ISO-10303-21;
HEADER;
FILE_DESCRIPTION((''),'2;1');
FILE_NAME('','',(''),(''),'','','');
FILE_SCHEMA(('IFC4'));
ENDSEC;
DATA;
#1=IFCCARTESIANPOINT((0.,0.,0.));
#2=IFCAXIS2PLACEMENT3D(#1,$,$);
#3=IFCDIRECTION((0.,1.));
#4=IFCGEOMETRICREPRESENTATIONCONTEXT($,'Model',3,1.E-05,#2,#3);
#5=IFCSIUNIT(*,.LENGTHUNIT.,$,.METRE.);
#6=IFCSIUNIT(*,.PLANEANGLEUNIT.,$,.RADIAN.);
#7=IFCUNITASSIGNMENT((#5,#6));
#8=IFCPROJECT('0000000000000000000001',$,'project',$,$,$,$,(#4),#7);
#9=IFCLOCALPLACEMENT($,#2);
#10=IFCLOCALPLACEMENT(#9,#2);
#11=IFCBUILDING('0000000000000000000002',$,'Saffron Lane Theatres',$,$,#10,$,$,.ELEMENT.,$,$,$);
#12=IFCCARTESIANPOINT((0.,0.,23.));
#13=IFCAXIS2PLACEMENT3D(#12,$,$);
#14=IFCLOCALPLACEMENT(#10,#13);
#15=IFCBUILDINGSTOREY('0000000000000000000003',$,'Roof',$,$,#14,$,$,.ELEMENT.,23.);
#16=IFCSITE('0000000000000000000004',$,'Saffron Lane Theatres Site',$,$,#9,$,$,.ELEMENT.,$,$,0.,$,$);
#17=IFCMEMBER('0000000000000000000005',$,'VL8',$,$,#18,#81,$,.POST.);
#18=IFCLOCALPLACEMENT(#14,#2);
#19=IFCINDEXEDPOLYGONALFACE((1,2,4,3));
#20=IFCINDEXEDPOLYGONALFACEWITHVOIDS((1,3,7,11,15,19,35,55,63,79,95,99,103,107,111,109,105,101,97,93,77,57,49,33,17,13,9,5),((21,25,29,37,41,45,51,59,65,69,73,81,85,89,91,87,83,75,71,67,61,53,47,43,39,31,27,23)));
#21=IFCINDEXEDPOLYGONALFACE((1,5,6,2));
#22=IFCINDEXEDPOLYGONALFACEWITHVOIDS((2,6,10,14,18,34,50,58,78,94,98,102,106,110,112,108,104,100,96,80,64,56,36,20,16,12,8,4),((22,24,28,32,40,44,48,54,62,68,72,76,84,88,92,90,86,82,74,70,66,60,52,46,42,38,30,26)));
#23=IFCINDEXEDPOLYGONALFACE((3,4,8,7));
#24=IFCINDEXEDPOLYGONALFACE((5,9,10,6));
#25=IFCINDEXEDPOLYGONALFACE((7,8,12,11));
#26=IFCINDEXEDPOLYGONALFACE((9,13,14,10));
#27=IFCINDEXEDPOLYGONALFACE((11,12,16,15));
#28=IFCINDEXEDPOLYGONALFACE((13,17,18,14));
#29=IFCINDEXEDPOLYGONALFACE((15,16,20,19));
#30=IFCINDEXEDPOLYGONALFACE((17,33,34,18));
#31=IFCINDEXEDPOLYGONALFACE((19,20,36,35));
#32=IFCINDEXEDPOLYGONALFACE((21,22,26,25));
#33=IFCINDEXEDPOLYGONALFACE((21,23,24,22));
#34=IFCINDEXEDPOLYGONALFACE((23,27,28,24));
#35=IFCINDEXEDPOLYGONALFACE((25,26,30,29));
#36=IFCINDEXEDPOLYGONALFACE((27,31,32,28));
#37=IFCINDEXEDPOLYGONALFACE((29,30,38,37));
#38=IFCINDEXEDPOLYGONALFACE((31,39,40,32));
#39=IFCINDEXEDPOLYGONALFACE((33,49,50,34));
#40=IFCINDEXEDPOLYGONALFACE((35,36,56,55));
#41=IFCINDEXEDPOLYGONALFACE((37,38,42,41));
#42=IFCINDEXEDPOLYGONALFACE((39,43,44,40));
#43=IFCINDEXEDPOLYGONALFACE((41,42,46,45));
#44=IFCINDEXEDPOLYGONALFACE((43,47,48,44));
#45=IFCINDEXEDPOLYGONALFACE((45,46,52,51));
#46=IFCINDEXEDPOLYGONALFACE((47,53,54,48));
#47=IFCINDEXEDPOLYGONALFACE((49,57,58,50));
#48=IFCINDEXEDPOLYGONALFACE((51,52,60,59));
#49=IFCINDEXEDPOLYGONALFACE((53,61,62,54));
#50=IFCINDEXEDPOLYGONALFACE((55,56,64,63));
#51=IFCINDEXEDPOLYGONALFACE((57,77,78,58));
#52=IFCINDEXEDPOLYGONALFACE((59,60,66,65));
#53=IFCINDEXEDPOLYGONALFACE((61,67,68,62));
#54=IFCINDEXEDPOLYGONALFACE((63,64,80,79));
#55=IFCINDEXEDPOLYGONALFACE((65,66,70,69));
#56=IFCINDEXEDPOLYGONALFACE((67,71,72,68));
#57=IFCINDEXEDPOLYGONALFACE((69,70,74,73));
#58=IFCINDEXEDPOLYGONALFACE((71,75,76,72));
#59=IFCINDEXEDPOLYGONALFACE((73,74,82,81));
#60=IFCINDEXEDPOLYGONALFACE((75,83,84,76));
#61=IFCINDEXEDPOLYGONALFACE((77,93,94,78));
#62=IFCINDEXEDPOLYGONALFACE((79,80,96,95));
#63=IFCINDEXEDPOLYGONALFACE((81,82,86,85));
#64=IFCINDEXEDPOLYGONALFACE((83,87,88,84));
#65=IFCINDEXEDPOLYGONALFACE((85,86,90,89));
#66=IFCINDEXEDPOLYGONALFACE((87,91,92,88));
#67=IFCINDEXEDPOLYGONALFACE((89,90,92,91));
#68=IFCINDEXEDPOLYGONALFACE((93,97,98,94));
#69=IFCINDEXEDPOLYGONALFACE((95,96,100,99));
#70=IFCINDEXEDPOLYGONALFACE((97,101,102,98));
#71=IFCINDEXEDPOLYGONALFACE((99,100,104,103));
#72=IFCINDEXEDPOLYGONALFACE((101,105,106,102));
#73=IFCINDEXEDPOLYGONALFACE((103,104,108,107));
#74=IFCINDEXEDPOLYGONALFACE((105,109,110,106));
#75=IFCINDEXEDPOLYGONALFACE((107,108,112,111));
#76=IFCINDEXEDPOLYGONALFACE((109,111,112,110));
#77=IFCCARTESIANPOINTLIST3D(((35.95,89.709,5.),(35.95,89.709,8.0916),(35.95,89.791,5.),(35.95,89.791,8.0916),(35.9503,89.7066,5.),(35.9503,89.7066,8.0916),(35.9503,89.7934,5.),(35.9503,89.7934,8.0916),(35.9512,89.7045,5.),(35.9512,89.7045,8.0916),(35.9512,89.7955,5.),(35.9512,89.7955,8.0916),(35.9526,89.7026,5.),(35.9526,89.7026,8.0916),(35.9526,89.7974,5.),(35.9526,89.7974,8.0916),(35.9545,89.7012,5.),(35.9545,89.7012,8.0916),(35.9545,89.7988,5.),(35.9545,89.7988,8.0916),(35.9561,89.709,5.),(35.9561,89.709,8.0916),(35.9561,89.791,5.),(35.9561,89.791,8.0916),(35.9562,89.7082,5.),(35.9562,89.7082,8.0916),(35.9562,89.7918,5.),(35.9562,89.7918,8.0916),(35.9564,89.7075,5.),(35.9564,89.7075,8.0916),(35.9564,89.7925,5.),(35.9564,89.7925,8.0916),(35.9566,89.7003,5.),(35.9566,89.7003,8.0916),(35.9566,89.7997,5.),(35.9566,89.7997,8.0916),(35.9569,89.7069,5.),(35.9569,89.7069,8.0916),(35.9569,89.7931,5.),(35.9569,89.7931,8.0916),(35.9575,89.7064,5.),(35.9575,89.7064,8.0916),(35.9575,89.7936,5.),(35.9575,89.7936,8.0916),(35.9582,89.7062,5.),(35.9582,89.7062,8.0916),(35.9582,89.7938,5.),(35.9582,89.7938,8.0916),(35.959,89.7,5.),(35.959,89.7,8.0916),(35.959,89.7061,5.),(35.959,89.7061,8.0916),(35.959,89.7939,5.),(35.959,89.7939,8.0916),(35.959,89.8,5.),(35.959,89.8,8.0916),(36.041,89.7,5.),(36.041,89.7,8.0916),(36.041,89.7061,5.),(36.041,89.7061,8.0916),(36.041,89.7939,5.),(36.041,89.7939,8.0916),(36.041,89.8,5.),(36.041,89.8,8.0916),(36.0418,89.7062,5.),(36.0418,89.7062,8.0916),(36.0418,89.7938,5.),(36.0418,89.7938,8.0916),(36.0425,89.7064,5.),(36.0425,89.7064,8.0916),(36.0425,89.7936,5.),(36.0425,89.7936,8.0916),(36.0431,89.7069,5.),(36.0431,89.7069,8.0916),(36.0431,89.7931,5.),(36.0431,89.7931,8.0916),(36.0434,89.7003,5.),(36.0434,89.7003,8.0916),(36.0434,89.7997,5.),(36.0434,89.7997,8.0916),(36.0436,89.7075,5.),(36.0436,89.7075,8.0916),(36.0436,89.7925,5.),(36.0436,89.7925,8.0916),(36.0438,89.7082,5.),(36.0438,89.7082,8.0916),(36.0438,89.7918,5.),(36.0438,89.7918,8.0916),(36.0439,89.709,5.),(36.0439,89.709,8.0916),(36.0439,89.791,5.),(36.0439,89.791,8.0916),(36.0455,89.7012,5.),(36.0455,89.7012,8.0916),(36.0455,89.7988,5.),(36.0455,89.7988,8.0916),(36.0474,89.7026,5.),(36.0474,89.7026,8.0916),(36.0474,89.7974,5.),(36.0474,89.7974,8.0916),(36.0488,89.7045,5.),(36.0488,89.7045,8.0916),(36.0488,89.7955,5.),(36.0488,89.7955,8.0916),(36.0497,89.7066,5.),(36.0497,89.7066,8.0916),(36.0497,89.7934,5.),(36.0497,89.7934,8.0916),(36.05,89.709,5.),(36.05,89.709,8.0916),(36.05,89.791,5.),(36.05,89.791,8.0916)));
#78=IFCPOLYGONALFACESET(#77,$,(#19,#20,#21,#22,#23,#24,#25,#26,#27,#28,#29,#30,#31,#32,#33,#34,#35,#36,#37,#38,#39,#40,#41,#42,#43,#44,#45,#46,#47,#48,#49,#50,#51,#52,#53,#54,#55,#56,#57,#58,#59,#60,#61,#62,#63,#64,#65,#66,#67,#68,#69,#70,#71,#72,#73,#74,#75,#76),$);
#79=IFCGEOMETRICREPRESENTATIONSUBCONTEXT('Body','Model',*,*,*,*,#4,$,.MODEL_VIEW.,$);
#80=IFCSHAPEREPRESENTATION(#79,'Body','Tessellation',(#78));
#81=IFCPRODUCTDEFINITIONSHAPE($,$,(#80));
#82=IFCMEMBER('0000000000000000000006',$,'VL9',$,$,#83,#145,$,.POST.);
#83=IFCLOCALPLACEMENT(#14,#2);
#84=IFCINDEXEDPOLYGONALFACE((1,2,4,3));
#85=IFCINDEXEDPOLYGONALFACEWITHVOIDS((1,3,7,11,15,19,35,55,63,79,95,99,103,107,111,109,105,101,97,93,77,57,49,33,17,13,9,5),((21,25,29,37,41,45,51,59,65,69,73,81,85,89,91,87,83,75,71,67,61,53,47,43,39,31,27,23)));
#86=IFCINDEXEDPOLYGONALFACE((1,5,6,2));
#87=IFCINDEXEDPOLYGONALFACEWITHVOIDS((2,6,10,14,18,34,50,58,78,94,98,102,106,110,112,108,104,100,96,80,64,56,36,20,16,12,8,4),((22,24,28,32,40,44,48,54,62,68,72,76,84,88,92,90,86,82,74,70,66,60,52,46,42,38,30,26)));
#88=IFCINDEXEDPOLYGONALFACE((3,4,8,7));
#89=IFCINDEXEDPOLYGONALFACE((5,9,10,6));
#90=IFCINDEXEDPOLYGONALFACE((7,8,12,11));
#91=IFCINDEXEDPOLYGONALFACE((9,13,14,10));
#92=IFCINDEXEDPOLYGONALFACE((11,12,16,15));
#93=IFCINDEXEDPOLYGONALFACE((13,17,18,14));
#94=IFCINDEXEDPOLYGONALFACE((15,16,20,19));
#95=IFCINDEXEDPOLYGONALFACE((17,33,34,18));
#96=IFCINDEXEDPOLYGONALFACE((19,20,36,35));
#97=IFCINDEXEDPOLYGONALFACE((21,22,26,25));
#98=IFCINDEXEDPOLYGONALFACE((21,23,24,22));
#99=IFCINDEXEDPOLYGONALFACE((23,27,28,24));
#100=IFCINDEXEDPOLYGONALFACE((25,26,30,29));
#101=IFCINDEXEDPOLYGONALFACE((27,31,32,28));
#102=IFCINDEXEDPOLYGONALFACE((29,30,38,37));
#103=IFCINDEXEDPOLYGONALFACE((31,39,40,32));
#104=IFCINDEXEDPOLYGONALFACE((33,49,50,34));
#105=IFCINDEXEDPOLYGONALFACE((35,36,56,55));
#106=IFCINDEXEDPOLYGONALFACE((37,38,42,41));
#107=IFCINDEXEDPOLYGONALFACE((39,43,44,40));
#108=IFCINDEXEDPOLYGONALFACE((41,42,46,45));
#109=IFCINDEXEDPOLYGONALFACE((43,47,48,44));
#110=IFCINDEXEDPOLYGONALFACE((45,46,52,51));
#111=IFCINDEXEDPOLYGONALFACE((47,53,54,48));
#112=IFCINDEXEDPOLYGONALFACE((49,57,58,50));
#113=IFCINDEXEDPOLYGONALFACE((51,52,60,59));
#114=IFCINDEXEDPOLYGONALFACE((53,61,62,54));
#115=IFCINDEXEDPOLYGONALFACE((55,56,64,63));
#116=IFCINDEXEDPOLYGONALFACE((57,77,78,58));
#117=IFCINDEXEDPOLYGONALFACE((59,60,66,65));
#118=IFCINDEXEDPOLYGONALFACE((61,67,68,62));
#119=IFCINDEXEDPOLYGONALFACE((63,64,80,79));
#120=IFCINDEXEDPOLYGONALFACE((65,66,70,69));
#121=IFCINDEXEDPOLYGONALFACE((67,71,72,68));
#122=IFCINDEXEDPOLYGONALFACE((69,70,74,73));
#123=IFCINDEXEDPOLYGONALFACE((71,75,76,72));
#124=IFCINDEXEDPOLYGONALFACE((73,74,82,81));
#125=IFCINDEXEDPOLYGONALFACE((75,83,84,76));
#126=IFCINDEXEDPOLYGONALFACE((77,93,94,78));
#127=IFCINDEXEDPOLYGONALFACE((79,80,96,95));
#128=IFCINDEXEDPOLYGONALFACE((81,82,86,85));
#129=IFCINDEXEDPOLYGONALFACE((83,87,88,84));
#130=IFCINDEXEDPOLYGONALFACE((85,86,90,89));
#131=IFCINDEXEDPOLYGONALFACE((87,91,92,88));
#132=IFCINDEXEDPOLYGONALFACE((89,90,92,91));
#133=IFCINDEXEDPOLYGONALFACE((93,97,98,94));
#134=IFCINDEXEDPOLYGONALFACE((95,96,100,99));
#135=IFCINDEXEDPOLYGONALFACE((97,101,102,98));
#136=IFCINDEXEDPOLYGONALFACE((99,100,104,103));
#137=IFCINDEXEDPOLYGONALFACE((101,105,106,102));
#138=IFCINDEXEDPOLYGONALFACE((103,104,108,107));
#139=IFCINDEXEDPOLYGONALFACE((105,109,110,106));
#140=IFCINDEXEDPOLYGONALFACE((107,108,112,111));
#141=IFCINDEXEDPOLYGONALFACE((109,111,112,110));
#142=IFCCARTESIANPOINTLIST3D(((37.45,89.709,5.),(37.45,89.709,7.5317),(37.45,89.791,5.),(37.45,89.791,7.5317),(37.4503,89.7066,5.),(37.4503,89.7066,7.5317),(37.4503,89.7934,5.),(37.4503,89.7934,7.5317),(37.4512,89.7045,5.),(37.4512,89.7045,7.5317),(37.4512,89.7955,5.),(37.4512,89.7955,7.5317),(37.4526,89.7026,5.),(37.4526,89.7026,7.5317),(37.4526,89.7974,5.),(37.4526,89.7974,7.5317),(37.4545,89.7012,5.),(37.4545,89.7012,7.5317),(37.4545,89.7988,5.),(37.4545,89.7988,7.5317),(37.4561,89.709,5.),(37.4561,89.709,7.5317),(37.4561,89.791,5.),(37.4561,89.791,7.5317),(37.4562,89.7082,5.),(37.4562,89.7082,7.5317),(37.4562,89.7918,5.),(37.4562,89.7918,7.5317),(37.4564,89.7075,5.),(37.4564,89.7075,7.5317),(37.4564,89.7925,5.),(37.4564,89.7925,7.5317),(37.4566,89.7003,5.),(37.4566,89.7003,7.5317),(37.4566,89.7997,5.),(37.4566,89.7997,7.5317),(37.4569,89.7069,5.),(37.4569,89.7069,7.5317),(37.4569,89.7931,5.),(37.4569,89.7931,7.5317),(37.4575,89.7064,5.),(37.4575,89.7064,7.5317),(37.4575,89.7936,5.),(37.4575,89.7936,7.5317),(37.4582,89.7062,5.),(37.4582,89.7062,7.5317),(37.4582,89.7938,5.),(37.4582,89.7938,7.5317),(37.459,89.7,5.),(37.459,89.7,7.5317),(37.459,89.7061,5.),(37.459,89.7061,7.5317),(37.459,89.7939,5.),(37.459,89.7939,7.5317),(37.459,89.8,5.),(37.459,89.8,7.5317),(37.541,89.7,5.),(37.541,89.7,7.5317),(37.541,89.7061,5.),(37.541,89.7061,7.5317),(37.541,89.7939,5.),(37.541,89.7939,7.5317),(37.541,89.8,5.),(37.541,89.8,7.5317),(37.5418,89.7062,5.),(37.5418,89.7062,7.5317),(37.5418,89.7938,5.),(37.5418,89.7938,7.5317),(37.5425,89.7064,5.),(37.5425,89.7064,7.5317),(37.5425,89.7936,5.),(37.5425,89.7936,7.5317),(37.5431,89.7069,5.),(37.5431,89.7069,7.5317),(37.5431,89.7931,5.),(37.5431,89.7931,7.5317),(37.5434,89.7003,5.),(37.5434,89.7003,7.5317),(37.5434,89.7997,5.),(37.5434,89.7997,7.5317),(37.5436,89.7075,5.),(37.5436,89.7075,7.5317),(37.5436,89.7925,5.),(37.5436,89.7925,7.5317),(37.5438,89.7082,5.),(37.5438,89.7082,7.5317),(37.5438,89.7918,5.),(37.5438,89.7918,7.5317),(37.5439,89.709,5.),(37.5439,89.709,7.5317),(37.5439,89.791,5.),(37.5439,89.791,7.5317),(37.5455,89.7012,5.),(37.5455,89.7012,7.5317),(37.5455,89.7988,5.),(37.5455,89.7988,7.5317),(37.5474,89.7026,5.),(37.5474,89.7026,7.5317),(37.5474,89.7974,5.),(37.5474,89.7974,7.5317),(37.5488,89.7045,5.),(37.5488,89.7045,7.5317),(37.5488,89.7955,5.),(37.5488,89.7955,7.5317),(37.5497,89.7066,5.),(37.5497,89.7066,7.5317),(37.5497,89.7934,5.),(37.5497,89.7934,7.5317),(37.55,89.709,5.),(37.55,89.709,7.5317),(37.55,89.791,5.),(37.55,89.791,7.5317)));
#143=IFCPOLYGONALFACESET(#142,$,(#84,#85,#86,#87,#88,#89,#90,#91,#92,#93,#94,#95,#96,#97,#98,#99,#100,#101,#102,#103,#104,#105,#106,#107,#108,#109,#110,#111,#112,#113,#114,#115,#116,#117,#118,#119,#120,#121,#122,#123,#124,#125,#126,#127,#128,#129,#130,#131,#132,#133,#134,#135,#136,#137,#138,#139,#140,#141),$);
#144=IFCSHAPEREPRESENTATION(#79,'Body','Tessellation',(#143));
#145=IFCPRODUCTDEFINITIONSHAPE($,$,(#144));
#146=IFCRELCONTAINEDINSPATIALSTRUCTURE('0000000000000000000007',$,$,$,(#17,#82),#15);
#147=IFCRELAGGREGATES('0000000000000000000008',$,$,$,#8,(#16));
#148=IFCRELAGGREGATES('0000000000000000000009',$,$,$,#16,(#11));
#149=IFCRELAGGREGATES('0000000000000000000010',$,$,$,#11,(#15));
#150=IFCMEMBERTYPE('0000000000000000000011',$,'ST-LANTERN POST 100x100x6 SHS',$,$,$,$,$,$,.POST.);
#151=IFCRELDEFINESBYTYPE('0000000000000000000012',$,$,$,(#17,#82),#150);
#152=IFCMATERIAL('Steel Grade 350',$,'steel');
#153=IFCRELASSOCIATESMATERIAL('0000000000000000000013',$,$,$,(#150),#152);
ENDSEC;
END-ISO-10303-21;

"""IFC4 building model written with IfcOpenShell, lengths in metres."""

from ifc_helpers import new_model, si_unit, direction, frame, origin, origin_2d, place, context, subcontext, project, spatial, hollow_rectangle, extrude, material, material_profile, profile_set, type_object, element, save


model = new_model("IFC4")

# Units and contexts
model_context = context("Model", 3, precision=1e-05, world=origin(), true_north=direction((0.0, 1.0)))
body_context = subcontext(model_context, "Body", "Model", "MODEL_VIEW")
ifc_project = project(units=[si_unit("LENGTHUNIT", "METRE"), si_unit("PLANEANGLEUNIT", "RADIAN")], contexts=[model_context])

# Site, building, storey
site_placement = place(None, origin())
site = spatial("IfcSite", under=ifc_project, at=site_placement, Name="Saffron Lane Theatres Site", CompositionType="ELEMENT", RefElevation=0.0)
building_placement = place(site_placement, origin())
building = spatial("IfcBuilding", under=site, at=building_placement, Name="Saffron Lane Theatres", CompositionType="ELEMENT")
storey_placement = place(building_placement, frame((0.0, 0.0, 23.0)))
storey = spatial("IfcBuildingStorey", under=building, at=storey_placement, Name="Roof", CompositionType="ELEMENT", Elevation=23.0)

# Members
ifc_material_1 = material(Name="Steel Grade 350", Category="steel")
ifc_material_profile_1 = material_profile(ifc_material_1, hollow_rectangle(XDim=0.1001, YDim=0.1001, WallThickness=0.0061, InnerFilletRadius=0.0029, OuterFilletRadius=0.009, at=origin_2d()))
ifc_profile_set_1 = profile_set([ifc_material_profile_1], Name="Steel Grade 350")
member_type_1 = type_object("IfcMemberType", Name="ST-LANTERN POST 100x100x6 SHS", PredefinedType="POST", material=ifc_profile_set_1)
member_1_placement = place(storey_placement, frame((36.0, 89.75, 5.0), z_axis=(0.0, 0.0, 1.0), x_axis=(1.0, 0.0, 0.0)))
element("IfcMember", 1, at=member_1_placement, inside=storey, type_object=member_type_1, Name="VL8", PredefinedType="POST", context=body_context, shape_type="SweptSolid", body=[
    extrude(hollow_rectangle(XDim=0.1001, YDim=0.1001, WallThickness=0.0061, InnerFilletRadius=0.0029, OuterFilletRadius=0.009, at=origin_2d()), origin(), (0.0, 0.0, 1.0), 3.0916),
])
member_2_placement = place(storey_placement, frame((37.5, 89.75, 5.0), z_axis=(0.0, 0.0, 1.0), x_axis=(1.0, 0.0, 0.0)))
element("IfcMember", 2, at=member_2_placement, inside=storey, type_object=member_type_1, Name="VL9", PredefinedType="POST", context=body_context, shape_type="SweptSolid", body=[
    extrude(hollow_rectangle(XDim=0.1001, YDim=0.1001, WallThickness=0.0061, InnerFilletRadius=0.0029, OuterFilletRadius=0.009, at=origin_2d()), origin(), (0.0, 0.0, 1.0), 2.5317),
])

save(model, "model.ifc")
